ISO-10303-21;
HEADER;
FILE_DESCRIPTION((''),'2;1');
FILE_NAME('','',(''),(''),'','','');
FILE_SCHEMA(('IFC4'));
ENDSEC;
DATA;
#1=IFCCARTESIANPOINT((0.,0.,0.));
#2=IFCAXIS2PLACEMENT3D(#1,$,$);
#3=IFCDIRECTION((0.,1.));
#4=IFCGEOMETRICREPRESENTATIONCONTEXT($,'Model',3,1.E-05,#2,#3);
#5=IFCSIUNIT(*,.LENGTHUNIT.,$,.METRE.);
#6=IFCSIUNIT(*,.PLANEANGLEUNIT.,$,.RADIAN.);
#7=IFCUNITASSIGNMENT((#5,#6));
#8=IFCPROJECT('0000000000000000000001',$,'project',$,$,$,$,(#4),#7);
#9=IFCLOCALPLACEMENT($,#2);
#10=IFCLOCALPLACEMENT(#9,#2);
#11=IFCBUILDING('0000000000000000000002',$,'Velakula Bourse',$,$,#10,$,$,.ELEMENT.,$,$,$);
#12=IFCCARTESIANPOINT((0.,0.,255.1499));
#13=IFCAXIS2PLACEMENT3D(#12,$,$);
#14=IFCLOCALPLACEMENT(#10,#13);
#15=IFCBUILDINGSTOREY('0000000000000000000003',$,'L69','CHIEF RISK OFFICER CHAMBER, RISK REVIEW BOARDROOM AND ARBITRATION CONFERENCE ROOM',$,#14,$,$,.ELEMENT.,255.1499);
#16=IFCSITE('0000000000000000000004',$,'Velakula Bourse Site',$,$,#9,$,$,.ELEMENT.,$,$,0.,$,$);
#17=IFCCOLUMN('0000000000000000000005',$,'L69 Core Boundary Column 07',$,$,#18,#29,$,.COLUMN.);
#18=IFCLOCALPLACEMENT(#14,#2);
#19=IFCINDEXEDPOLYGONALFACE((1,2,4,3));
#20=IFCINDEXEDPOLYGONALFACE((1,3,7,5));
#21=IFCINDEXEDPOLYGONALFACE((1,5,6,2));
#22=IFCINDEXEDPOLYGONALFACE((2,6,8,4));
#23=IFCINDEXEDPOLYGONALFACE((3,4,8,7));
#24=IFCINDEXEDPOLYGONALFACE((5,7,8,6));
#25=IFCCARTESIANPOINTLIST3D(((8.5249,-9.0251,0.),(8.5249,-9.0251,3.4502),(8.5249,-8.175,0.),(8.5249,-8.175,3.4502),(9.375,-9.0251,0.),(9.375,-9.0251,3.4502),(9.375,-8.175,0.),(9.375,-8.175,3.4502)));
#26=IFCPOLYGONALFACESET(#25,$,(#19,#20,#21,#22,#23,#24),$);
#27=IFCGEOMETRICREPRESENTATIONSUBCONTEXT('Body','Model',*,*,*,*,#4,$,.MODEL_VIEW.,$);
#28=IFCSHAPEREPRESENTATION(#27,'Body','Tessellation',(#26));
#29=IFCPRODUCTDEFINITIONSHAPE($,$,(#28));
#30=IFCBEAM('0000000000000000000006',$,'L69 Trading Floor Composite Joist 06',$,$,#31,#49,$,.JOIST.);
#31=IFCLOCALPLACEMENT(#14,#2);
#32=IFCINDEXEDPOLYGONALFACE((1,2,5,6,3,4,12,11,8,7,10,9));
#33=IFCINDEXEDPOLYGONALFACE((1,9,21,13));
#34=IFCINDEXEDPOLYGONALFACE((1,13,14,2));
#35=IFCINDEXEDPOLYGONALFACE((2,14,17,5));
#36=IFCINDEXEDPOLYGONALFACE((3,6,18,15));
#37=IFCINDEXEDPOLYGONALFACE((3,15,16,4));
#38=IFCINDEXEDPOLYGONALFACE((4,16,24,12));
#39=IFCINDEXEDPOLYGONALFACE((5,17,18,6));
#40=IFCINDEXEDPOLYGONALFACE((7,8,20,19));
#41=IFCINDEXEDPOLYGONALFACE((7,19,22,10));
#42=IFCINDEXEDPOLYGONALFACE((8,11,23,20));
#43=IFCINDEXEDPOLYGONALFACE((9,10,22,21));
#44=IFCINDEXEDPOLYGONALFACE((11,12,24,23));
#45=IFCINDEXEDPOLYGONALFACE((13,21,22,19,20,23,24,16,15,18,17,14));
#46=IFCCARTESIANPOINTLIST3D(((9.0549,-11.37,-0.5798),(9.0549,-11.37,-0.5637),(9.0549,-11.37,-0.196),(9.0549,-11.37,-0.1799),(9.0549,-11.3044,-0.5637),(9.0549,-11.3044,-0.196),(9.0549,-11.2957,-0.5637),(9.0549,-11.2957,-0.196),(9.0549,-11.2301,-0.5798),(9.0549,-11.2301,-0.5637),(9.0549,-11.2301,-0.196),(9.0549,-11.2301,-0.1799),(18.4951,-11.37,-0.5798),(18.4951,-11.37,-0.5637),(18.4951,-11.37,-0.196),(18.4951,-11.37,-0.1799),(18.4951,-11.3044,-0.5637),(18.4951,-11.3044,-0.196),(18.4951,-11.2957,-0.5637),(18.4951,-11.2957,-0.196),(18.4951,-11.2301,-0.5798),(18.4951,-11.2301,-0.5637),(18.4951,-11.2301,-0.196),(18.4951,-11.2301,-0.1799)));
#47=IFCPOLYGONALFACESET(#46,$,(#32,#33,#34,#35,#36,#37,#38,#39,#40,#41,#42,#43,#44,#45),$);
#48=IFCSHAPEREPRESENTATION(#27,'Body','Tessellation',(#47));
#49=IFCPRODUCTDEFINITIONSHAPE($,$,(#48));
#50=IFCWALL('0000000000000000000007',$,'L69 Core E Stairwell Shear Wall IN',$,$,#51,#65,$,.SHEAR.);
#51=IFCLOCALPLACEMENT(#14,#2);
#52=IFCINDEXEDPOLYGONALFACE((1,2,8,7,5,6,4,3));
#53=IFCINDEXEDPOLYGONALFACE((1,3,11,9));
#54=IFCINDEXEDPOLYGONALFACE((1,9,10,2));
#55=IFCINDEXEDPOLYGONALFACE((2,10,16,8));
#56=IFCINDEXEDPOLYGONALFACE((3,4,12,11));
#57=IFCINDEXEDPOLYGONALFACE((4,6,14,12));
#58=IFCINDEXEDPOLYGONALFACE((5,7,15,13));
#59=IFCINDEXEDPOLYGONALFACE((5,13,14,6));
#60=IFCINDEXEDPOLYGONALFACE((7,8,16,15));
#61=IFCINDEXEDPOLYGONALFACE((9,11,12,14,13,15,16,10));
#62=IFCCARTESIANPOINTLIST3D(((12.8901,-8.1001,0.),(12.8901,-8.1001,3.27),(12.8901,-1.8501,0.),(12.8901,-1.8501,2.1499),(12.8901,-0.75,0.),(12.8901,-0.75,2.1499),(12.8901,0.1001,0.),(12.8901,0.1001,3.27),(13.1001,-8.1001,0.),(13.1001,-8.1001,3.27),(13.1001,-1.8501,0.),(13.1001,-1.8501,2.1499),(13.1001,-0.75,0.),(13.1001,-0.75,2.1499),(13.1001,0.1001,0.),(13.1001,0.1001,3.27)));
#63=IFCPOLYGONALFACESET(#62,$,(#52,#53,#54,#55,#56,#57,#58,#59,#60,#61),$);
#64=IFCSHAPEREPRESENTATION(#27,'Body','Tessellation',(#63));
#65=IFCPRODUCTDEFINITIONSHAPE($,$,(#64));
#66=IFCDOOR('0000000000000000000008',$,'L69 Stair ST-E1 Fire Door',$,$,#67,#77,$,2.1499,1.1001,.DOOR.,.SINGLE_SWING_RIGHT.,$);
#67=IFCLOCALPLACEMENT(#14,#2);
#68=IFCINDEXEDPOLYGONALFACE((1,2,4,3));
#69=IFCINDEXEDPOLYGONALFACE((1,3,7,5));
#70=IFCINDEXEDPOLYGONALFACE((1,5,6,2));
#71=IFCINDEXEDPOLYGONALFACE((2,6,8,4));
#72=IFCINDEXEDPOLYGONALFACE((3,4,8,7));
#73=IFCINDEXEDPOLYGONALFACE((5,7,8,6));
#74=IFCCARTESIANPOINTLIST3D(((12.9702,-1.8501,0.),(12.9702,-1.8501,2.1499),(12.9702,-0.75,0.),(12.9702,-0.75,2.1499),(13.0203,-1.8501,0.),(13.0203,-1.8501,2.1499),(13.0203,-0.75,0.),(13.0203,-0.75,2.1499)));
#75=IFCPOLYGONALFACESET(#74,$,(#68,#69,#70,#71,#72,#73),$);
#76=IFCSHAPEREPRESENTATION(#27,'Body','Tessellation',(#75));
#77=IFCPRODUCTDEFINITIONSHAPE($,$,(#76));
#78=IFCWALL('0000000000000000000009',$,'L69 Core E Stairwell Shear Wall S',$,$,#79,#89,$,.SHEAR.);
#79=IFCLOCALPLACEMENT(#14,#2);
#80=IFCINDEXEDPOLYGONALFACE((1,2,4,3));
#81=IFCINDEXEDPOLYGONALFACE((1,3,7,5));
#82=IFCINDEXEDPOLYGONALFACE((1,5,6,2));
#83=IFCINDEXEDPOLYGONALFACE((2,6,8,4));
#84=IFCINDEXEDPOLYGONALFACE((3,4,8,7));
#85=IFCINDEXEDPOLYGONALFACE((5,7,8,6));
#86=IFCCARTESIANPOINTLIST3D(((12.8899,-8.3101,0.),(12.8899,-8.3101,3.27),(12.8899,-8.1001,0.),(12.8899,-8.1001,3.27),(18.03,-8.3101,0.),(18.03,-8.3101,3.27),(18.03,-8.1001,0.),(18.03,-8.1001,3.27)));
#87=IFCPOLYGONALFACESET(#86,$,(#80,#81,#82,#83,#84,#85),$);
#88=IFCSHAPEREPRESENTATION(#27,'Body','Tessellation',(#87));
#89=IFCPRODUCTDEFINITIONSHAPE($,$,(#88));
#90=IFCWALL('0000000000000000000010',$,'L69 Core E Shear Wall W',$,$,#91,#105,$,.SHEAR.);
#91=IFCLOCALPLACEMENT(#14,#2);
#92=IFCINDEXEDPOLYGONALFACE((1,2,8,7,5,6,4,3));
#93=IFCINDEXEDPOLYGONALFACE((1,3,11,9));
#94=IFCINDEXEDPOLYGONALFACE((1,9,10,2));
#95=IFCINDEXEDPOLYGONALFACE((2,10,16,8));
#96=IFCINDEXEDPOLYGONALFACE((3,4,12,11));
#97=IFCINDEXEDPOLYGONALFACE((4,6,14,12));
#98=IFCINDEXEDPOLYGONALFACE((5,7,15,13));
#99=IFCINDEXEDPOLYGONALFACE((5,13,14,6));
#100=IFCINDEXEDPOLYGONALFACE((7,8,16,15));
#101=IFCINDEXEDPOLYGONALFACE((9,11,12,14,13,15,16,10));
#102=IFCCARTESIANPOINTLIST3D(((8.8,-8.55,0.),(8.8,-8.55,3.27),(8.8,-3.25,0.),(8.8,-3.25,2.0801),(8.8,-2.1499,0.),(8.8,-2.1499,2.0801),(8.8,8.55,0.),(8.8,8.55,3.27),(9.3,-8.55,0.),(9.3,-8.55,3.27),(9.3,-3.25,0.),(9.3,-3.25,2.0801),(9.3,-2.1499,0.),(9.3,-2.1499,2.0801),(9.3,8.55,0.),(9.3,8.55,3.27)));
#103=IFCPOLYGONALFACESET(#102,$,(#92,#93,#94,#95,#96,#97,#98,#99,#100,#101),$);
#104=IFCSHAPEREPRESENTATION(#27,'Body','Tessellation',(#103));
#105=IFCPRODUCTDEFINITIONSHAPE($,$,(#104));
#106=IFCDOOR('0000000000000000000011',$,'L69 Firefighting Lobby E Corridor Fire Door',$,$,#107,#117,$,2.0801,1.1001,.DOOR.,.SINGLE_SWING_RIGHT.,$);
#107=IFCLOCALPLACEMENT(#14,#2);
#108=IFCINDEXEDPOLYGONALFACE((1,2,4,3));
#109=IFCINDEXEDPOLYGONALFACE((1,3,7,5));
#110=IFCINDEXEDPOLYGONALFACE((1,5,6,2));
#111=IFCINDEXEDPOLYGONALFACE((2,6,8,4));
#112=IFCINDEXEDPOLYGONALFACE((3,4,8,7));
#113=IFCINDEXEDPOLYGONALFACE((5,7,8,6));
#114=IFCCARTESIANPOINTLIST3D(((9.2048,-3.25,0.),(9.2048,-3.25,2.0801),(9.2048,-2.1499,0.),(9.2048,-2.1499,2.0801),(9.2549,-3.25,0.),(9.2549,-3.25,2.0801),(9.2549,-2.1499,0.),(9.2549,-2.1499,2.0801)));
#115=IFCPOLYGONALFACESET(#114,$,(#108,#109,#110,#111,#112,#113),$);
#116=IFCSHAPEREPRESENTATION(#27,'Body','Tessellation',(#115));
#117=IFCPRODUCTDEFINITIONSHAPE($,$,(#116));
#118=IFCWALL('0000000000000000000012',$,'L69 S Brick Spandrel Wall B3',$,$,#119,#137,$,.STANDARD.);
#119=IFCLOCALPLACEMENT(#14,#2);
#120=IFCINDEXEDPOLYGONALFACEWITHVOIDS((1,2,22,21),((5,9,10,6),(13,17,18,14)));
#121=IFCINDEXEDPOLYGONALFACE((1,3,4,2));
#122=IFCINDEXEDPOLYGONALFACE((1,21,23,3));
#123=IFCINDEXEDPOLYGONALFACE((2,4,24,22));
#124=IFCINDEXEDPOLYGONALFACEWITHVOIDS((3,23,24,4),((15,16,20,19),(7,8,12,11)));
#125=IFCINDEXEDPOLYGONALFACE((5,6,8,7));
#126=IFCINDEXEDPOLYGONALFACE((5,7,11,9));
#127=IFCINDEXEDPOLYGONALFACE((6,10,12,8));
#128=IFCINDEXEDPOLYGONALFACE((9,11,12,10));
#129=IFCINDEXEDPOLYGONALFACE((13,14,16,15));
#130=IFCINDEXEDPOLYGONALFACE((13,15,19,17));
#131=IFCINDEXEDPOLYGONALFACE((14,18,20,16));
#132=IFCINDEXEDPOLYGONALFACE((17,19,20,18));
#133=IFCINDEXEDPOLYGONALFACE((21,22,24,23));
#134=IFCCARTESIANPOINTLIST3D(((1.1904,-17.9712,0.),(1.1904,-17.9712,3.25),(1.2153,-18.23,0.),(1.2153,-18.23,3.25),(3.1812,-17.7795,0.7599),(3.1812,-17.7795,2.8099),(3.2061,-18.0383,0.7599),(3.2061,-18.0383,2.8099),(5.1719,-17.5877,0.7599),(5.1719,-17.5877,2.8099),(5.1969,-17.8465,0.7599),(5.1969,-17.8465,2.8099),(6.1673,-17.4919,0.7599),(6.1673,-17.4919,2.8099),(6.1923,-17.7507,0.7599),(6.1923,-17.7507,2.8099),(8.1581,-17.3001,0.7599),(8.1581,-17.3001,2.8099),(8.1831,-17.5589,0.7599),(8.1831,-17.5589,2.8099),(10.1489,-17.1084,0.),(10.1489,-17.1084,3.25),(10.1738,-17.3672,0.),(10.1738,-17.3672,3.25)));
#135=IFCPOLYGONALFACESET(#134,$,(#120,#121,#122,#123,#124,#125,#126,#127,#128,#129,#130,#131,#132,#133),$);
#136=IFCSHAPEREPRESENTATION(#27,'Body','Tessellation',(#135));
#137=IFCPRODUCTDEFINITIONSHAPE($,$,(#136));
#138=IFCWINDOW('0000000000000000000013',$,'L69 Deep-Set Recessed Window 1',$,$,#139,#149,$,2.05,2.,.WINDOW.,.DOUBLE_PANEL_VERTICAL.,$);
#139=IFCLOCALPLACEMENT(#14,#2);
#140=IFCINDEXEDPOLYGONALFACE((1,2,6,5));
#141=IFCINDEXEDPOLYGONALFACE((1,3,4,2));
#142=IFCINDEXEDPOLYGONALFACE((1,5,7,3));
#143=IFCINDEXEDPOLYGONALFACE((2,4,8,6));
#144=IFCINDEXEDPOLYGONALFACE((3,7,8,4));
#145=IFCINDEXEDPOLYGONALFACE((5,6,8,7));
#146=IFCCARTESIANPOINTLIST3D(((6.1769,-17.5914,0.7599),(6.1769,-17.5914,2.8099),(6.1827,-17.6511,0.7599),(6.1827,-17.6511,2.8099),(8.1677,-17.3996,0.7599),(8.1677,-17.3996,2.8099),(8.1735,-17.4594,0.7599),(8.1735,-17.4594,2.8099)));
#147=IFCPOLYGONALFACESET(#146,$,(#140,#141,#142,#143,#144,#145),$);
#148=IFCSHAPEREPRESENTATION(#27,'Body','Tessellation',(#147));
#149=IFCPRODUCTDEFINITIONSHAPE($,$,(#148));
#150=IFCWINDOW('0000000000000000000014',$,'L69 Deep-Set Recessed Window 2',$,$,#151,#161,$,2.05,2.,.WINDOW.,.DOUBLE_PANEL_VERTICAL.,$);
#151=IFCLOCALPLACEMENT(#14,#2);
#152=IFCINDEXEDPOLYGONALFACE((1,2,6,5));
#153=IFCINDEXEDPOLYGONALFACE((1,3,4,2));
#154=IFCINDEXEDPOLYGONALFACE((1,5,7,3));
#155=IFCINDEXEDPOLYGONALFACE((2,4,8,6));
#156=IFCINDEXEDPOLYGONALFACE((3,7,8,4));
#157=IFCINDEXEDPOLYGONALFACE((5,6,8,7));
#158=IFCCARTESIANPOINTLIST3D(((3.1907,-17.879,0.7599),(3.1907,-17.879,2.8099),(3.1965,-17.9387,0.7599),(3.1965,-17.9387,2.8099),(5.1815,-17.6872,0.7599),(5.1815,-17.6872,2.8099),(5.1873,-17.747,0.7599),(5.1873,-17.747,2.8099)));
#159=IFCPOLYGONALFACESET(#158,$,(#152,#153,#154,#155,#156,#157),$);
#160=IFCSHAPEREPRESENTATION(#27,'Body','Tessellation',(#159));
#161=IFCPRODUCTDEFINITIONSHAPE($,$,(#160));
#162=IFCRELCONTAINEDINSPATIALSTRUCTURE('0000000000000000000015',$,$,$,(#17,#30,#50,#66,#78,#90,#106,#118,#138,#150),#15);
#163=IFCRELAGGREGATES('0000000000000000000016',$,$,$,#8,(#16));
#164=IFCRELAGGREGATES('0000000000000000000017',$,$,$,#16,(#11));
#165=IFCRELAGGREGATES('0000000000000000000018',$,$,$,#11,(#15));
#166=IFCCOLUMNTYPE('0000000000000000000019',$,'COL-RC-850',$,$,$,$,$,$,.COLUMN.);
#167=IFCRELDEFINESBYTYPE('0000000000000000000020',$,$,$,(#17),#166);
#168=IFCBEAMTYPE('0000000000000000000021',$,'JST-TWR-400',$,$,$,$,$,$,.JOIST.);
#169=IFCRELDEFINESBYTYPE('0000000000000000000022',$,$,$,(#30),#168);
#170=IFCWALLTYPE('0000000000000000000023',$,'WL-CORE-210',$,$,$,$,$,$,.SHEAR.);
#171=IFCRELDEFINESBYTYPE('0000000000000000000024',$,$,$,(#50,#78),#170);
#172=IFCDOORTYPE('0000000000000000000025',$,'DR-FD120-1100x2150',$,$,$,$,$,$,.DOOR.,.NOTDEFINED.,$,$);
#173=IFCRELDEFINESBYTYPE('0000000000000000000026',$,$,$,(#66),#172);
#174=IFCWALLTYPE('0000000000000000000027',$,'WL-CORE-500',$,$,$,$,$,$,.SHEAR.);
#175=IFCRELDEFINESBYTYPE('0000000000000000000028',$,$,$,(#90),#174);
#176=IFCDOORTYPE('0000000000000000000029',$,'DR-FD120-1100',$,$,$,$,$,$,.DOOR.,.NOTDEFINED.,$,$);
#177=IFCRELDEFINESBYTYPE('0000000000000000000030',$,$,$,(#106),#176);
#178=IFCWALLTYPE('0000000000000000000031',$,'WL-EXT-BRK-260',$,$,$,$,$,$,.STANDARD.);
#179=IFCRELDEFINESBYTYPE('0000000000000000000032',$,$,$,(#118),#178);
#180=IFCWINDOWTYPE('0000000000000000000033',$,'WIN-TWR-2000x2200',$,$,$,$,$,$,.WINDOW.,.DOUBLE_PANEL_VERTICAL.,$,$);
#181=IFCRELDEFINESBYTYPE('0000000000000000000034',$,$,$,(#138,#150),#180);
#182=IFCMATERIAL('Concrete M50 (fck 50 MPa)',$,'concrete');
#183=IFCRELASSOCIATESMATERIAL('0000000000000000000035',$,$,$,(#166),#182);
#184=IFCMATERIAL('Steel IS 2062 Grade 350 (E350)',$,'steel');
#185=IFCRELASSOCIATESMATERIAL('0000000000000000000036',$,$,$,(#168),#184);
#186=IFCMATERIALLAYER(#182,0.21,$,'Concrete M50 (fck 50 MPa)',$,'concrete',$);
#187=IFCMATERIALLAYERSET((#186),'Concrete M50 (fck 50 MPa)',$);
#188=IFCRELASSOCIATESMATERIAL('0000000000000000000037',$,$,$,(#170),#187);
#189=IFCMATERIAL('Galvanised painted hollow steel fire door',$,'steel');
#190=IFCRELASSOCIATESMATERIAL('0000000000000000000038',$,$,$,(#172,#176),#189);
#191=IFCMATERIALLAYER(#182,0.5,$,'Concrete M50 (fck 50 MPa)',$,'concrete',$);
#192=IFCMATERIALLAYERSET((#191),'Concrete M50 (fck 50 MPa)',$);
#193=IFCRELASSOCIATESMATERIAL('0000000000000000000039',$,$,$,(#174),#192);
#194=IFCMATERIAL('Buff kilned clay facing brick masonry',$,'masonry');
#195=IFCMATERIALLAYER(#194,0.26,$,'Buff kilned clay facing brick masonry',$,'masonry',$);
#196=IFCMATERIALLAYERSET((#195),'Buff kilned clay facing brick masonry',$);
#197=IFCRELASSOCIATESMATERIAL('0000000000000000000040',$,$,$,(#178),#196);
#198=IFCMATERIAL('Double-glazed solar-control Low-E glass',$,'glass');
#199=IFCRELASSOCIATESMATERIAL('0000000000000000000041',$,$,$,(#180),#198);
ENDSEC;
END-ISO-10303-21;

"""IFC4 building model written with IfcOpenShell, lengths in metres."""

from ifc_helpers import new_model, si_unit, direction, frame, frame_2d, origin, origin_2d, place, context, subcontext, project, spatial, rectangle, i_section, extrude, material, layer, layer_set, material_profile, profile_set, type_object, element, fill, save


model = new_model("IFC4")

# Units and contexts
model_context = context("Model", 3, precision=1e-05, world=origin(), true_north=direction((0.0, 1.0)))
body_context = subcontext(model_context, "Body", "Model", "MODEL_VIEW")
ifc_project = project(units=[si_unit("LENGTHUNIT", "METRE"), si_unit("PLANEANGLEUNIT", "RADIAN")], contexts=[model_context])

# Site, building, storey
site_placement = place(None, origin())
site = spatial("IfcSite", under=ifc_project, at=site_placement, Name="Velakula Bourse Site", CompositionType="ELEMENT", RefElevation=0.0)
building_placement = place(site_placement, origin())
building = spatial("IfcBuilding", under=site, at=building_placement, Name="Velakula Bourse", CompositionType="ELEMENT")
storey_placement = place(building_placement, frame((0.0, 0.0, 255.1499)))
storey = spatial("IfcBuildingStorey", under=building, at=storey_placement, Name="L69", Description="CHIEF RISK OFFICER CHAMBER, RISK REVIEW BOARDROOM AND ARBITRATION CONFERENCE ROOM", CompositionType="ELEMENT", Elevation=255.1499)

# Column
ifc_material_1 = material(Name="Concrete M50 (fck 50 MPa)", Category="concrete")
ifc_material_profile_1 = material_profile(ifc_material_1, rectangle(XDim=0.8501, YDim=0.8501, at=origin_2d()), Name="Concrete M50 (fck 50 MPa)")
ifc_profile_set_1 = profile_set([ifc_material_profile_1], Name="Concrete M50 (fck 50 MPa)")
column_type = type_object("IfcColumnType", Name="COL-RC-850", PredefinedType="COLUMN", material=ifc_profile_set_1)
column_placement = place(storey_placement, frame((8.95, -8.6001, 0.0), z_axis=(0.0, 0.0, 1.0), x_axis=(1.0, 0.0, 0.0)))
element("IfcColumn", 1, at=column_placement, inside=storey, type_object=column_type, Name="L69 Core Boundary Column 07", PredefinedType="COLUMN", context=body_context, shape_type="SweptSolid", body=[
    extrude(rectangle(XDim=0.8501, YDim=0.8501, at=origin_2d()), origin(), (0.0, 0.0, 1.0), 3.4502),
])

# Beam
ifc_material_2 = material(Name="Steel IS 2062 Grade 350 (E350)", Category="steel")
ifc_material_profile_2 = material_profile(ifc_material_2, i_section(OverallWidth=0.1399, OverallDepth=0.3999, WebThickness=0.0088, FlangeThickness=0.0161, at=origin_2d()), Name="Steel IS 2062 Grade 350 (E350)")
ifc_profile_set_2 = profile_set([ifc_material_profile_2], Name="Steel IS 2062 Grade 350 (E350)")
beam_type = type_object("IfcBeamType", Name="JST-TWR-400", PredefinedType="JOIST", material=ifc_profile_set_2)
beam_placement = place(storey_placement, frame((9.0549, -11.3, -0.3799), z_axis=(1.0, 0.0, 0.0), x_axis=(0.0, 1.0, 0.0)))
element("IfcBeam", 2, at=beam_placement, inside=storey, type_object=beam_type, Name="L69 Trading Floor Composite Joist 06", PredefinedType="JOIST", context=body_context, shape_type="SweptSolid", body=[
    extrude(i_section(OverallWidth=0.1399, OverallDepth=0.3999, WebThickness=0.0088, FlangeThickness=0.0161, at=origin_2d()), origin(), (0.0, 0.0, 1.0), 9.4402),
])

# Wall, opening, door
ifc_layer_1 = layer(ifc_material_1, 0.21, Name="Concrete M50 (fck 50 MPa)", Category="concrete")
ifc_layer_set_1 = layer_set([ifc_layer_1], Name="Concrete M50 (fck 50 MPa)")
wall_type_1 = type_object("IfcWallType", Name="WL-CORE-210", PredefinedType="SHEAR", material=ifc_layer_set_1)
wall_1_placement = place(storey_placement, frame((12.9951, -8.1001, 0.0), z_axis=(0.0, 0.0, 1.0), x_axis=(0.0, 1.0, 0.0)))
wall_1 = element("IfcWall", 3, at=wall_1_placement, inside=storey, type_object=wall_type_1, Name="L69 Core E Stairwell Shear Wall IN", PredefinedType="SHEAR", context=body_context, shape_type="SweptSolid", body=[
    extrude(rectangle(XDim=8.2002, YDim=0.21, at=frame_2d((4.1001, 0.0))), origin(), (0.0, 0.0, 1.0), 3.27),
])
opening_1_placement = place(wall_1_placement, frame((6.25, 0.0, 0.0)))
opening_1 = element("IfcOpeningElement", 4, at=opening_1_placement, cuts=wall_1, PredefinedType="OPENING", context=body_context, shape_type="SweptSolid", body=[
    extrude(rectangle(XDim=1.1001, YDim=2.1499, at=frame_2d((0.55, 1.075))), frame((0.0, 0.115, 0.0), z_axis=(0.0, -1.0, 0.0), x_axis=(1.0, 0.0, 0.0)), (0.0, 0.0, 1.0), 0.23),
])
ifc_material_3 = material(Name="Galvanised painted hollow steel fire door", Category="steel")
door_type_1 = type_object("IfcDoorType", Name="DR-FD120-1100x2150", OperationType="NOTDEFINED", PredefinedType="DOOR", material=ifc_material_3)
door_1_placement = place(opening_1_placement, origin())
door_1 = element("IfcDoor", 5, at=door_1_placement, inside=storey, type_object=door_type_1, Name="L69 Stair ST-E1 Fire Door", OperationType="SINGLE_SWING_RIGHT", OverallHeight=2.1499, OverallWidth=1.1001, PredefinedType="DOOR", context=body_context, shape_type="SweptSolid", body=[
    extrude(rectangle(XDim=1.1001, YDim=2.1499, at=frame_2d((0.55, 1.075))), frame((0.0, 0.0249, 0.0), z_axis=(0.0, -1.0, 0.0), x_axis=(1.0, 0.0, 0.0)), (0.0, 0.0, 1.0), 0.05),
])
fill(opening_1, door_1)

# Wall
wall_2_placement = place(storey_placement, frame((12.8899, -8.2051, 0.0), z_axis=(0.0, 0.0, 1.0), x_axis=(1.0, 0.0, 0.0)))
element("IfcWall", 6, at=wall_2_placement, inside=storey, type_object=wall_type_1, Name="L69 Core E Stairwell Shear Wall S", PredefinedType="SHEAR", context=body_context, shape_type="SweptSolid", body=[
    extrude(rectangle(XDim=5.1401, YDim=0.21, at=frame_2d((2.5701, 0.0))), origin(), (0.0, 0.0, 1.0), 3.27),
])

# Wall, opening, door
ifc_layer_2 = layer(ifc_material_1, 0.5, Name="Concrete M50 (fck 50 MPa)", Category="concrete")
ifc_layer_set_2 = layer_set([ifc_layer_2], Name="Concrete M50 (fck 50 MPa)")
wall_type_2 = type_object("IfcWallType", Name="WL-CORE-500", PredefinedType="SHEAR", material=ifc_layer_set_2)
wall_3_placement = place(storey_placement, frame((9.05, -8.55, 0.0), z_axis=(0.0, 0.0, 1.0), x_axis=(0.0, 1.0, 0.0)))
wall_3 = element("IfcWall", 7, at=wall_3_placement, inside=storey, type_object=wall_type_2, Name="L69 Core E Shear Wall W", PredefinedType="SHEAR", context=body_context, shape_type="SweptSolid", body=[
    extrude(rectangle(XDim=17.1001, YDim=0.5, at=frame_2d((8.55, 0.0))), origin(), (0.0, 0.0, 1.0), 3.27),
])
opening_2_placement = place(wall_3_placement, frame((5.3, 0.0, 0.0)))
opening_2 = element("IfcOpeningElement", 8, at=opening_2_placement, cuts=wall_3, PredefinedType="OPENING", context=body_context, shape_type="SweptSolid", body=[
    extrude(rectangle(XDim=1.1001, YDim=2.0801, at=frame_2d((0.55, 1.04))), frame((0.0, 0.26, 0.0), z_axis=(0.0, -1.0, 0.0), x_axis=(1.0, 0.0, 0.0)), (0.0, 0.0, 1.0), 0.52),
])
door_type_2 = type_object("IfcDoorType", Name="DR-FD120-1100", OperationType="NOTDEFINED", PredefinedType="DOOR", material=ifc_material_3)
door_2_placement = place(opening_2_placement, origin())
door_2 = element("IfcDoor", 9, at=door_2_placement, inside=storey, type_object=door_type_2, Name="L69 Firefighting Lobby E Corridor Fire Door", OperationType="SINGLE_SWING_RIGHT", OverallHeight=2.0801, OverallWidth=1.1001, PredefinedType="DOOR", context=body_context, shape_type="SweptSolid", body=[
    extrude(rectangle(XDim=1.1001, YDim=2.0801, at=frame_2d((0.55, 1.04))), frame((0.0, -0.1548, 0.0), z_axis=(0.0, -1.0, 0.0), x_axis=(1.0, 0.0, 0.0)), (0.0, 0.0, 1.0), 0.05),
])
fill(opening_2, door_2)

# Wall, openings, windows
ifc_material_4 = material(Name="Buff kilned clay facing brick masonry", Category="masonry")
ifc_layer_3 = layer(ifc_material_4, 0.26, Name="Buff kilned clay facing brick masonry", Category="masonry")
ifc_layer_set_3 = layer_set([ifc_layer_3], Name="Buff kilned clay facing brick masonry")
wall_type_3 = type_object("IfcWallType", Name="WL-EXT-BRK-260", PredefinedType="STANDARD", material=ifc_layer_set_3)
wall_4_placement = place(storey_placement, frame((10.1614, -17.2378, 0.0), z_axis=(0.0, 0.0, 1.0), x_axis=(-0.995394, -0.095866, 0.0)))
wall_4 = element("IfcWall", 10, at=wall_4_placement, inside=storey, type_object=wall_type_3, Name="L69 S Brick Spandrel Wall B3", PredefinedType="STANDARD", context=body_context, shape_type="SweptSolid", body=[
    extrude(rectangle(XDim=9.0, YDim=0.26, at=frame_2d((4.5, 0.0))), origin(), (0.0, 0.0, 1.0), 3.25),
])
opening_3_placement = place(wall_4_placement, frame((2.0, 0.0, 0.76)))
opening_3 = element("IfcOpeningElement", 11, at=opening_3_placement, cuts=wall_4, PredefinedType="OPENING", context=body_context, shape_type="SweptSolid", body=[
    extrude(rectangle(XDim=2.0, YDim=2.05, at=frame_2d((1.0, 1.0249))), frame((0.0, 0.1399, 0.0), z_axis=(0.0, -1.0, 0.0), x_axis=(1.0, 0.0, 0.0)), (0.0, 0.0, 1.0), 0.28),
])
opening_4_placement = place(wall_4_placement, frame((5.0, 0.0, 0.76)))
opening_4 = element("IfcOpeningElement", 12, at=opening_4_placement, cuts=wall_4, PredefinedType="OPENING", context=body_context, shape_type="SweptSolid", body=[
    extrude(rectangle(XDim=2.0, YDim=2.05, at=frame_2d((1.0, 1.0249))), frame((0.0, 0.1399, 0.0), z_axis=(0.0, -1.0, 0.0), x_axis=(1.0, 0.0, 0.0)), (0.0, 0.0, 1.0), 0.28),
])
ifc_material_5 = material(Name="Double-glazed solar-control Low-E glass", Category="glass")
window_type = type_object("IfcWindowType", Name="WIN-TWR-2000x2200", PartitioningType="DOUBLE_PANEL_VERTICAL", PredefinedType="WINDOW", material=ifc_material_5)
window_1_placement = place(opening_3_placement, origin())
window_1 = element("IfcWindow", 13, at=window_1_placement, inside=storey, type_object=window_type, Name="L69 Deep-Set Recessed Window 1", OverallHeight=2.05, OverallWidth=2.0, PartitioningType="DOUBLE_PANEL_VERTICAL", PredefinedType="WINDOW", context=body_context, shape_type="SweptSolid", body=[
    extrude(rectangle(XDim=2.0, YDim=2.05, at=frame_2d((1.0, 1.0249))), frame((0.0, 0.03, 0.0), z_axis=(0.0, -1.0, 0.0), x_axis=(1.0, 0.0, 0.0)), (0.0, 0.0, 1.0), 0.0601),
])
fill(opening_3, window_1)
window_2_placement = place(opening_4_placement, origin())
window_2 = element("IfcWindow", 14, at=window_2_placement, inside=storey, type_object=window_type, Name="L69 Deep-Set Recessed Window 2", OverallHeight=2.05, OverallWidth=2.0, PartitioningType="DOUBLE_PANEL_VERTICAL", PredefinedType="WINDOW", context=body_context, shape_type="SweptSolid", body=[
    extrude(rectangle(XDim=2.0, YDim=2.05, at=frame_2d((1.0, 1.0249))), frame((0.0, 0.03, 0.0), z_axis=(0.0, -1.0, 0.0), x_axis=(1.0, 0.0, 0.0)), (0.0, 0.0, 1.0), 0.0601),
])
fill(opening_4, window_2)

save(model, "model.ifc")
